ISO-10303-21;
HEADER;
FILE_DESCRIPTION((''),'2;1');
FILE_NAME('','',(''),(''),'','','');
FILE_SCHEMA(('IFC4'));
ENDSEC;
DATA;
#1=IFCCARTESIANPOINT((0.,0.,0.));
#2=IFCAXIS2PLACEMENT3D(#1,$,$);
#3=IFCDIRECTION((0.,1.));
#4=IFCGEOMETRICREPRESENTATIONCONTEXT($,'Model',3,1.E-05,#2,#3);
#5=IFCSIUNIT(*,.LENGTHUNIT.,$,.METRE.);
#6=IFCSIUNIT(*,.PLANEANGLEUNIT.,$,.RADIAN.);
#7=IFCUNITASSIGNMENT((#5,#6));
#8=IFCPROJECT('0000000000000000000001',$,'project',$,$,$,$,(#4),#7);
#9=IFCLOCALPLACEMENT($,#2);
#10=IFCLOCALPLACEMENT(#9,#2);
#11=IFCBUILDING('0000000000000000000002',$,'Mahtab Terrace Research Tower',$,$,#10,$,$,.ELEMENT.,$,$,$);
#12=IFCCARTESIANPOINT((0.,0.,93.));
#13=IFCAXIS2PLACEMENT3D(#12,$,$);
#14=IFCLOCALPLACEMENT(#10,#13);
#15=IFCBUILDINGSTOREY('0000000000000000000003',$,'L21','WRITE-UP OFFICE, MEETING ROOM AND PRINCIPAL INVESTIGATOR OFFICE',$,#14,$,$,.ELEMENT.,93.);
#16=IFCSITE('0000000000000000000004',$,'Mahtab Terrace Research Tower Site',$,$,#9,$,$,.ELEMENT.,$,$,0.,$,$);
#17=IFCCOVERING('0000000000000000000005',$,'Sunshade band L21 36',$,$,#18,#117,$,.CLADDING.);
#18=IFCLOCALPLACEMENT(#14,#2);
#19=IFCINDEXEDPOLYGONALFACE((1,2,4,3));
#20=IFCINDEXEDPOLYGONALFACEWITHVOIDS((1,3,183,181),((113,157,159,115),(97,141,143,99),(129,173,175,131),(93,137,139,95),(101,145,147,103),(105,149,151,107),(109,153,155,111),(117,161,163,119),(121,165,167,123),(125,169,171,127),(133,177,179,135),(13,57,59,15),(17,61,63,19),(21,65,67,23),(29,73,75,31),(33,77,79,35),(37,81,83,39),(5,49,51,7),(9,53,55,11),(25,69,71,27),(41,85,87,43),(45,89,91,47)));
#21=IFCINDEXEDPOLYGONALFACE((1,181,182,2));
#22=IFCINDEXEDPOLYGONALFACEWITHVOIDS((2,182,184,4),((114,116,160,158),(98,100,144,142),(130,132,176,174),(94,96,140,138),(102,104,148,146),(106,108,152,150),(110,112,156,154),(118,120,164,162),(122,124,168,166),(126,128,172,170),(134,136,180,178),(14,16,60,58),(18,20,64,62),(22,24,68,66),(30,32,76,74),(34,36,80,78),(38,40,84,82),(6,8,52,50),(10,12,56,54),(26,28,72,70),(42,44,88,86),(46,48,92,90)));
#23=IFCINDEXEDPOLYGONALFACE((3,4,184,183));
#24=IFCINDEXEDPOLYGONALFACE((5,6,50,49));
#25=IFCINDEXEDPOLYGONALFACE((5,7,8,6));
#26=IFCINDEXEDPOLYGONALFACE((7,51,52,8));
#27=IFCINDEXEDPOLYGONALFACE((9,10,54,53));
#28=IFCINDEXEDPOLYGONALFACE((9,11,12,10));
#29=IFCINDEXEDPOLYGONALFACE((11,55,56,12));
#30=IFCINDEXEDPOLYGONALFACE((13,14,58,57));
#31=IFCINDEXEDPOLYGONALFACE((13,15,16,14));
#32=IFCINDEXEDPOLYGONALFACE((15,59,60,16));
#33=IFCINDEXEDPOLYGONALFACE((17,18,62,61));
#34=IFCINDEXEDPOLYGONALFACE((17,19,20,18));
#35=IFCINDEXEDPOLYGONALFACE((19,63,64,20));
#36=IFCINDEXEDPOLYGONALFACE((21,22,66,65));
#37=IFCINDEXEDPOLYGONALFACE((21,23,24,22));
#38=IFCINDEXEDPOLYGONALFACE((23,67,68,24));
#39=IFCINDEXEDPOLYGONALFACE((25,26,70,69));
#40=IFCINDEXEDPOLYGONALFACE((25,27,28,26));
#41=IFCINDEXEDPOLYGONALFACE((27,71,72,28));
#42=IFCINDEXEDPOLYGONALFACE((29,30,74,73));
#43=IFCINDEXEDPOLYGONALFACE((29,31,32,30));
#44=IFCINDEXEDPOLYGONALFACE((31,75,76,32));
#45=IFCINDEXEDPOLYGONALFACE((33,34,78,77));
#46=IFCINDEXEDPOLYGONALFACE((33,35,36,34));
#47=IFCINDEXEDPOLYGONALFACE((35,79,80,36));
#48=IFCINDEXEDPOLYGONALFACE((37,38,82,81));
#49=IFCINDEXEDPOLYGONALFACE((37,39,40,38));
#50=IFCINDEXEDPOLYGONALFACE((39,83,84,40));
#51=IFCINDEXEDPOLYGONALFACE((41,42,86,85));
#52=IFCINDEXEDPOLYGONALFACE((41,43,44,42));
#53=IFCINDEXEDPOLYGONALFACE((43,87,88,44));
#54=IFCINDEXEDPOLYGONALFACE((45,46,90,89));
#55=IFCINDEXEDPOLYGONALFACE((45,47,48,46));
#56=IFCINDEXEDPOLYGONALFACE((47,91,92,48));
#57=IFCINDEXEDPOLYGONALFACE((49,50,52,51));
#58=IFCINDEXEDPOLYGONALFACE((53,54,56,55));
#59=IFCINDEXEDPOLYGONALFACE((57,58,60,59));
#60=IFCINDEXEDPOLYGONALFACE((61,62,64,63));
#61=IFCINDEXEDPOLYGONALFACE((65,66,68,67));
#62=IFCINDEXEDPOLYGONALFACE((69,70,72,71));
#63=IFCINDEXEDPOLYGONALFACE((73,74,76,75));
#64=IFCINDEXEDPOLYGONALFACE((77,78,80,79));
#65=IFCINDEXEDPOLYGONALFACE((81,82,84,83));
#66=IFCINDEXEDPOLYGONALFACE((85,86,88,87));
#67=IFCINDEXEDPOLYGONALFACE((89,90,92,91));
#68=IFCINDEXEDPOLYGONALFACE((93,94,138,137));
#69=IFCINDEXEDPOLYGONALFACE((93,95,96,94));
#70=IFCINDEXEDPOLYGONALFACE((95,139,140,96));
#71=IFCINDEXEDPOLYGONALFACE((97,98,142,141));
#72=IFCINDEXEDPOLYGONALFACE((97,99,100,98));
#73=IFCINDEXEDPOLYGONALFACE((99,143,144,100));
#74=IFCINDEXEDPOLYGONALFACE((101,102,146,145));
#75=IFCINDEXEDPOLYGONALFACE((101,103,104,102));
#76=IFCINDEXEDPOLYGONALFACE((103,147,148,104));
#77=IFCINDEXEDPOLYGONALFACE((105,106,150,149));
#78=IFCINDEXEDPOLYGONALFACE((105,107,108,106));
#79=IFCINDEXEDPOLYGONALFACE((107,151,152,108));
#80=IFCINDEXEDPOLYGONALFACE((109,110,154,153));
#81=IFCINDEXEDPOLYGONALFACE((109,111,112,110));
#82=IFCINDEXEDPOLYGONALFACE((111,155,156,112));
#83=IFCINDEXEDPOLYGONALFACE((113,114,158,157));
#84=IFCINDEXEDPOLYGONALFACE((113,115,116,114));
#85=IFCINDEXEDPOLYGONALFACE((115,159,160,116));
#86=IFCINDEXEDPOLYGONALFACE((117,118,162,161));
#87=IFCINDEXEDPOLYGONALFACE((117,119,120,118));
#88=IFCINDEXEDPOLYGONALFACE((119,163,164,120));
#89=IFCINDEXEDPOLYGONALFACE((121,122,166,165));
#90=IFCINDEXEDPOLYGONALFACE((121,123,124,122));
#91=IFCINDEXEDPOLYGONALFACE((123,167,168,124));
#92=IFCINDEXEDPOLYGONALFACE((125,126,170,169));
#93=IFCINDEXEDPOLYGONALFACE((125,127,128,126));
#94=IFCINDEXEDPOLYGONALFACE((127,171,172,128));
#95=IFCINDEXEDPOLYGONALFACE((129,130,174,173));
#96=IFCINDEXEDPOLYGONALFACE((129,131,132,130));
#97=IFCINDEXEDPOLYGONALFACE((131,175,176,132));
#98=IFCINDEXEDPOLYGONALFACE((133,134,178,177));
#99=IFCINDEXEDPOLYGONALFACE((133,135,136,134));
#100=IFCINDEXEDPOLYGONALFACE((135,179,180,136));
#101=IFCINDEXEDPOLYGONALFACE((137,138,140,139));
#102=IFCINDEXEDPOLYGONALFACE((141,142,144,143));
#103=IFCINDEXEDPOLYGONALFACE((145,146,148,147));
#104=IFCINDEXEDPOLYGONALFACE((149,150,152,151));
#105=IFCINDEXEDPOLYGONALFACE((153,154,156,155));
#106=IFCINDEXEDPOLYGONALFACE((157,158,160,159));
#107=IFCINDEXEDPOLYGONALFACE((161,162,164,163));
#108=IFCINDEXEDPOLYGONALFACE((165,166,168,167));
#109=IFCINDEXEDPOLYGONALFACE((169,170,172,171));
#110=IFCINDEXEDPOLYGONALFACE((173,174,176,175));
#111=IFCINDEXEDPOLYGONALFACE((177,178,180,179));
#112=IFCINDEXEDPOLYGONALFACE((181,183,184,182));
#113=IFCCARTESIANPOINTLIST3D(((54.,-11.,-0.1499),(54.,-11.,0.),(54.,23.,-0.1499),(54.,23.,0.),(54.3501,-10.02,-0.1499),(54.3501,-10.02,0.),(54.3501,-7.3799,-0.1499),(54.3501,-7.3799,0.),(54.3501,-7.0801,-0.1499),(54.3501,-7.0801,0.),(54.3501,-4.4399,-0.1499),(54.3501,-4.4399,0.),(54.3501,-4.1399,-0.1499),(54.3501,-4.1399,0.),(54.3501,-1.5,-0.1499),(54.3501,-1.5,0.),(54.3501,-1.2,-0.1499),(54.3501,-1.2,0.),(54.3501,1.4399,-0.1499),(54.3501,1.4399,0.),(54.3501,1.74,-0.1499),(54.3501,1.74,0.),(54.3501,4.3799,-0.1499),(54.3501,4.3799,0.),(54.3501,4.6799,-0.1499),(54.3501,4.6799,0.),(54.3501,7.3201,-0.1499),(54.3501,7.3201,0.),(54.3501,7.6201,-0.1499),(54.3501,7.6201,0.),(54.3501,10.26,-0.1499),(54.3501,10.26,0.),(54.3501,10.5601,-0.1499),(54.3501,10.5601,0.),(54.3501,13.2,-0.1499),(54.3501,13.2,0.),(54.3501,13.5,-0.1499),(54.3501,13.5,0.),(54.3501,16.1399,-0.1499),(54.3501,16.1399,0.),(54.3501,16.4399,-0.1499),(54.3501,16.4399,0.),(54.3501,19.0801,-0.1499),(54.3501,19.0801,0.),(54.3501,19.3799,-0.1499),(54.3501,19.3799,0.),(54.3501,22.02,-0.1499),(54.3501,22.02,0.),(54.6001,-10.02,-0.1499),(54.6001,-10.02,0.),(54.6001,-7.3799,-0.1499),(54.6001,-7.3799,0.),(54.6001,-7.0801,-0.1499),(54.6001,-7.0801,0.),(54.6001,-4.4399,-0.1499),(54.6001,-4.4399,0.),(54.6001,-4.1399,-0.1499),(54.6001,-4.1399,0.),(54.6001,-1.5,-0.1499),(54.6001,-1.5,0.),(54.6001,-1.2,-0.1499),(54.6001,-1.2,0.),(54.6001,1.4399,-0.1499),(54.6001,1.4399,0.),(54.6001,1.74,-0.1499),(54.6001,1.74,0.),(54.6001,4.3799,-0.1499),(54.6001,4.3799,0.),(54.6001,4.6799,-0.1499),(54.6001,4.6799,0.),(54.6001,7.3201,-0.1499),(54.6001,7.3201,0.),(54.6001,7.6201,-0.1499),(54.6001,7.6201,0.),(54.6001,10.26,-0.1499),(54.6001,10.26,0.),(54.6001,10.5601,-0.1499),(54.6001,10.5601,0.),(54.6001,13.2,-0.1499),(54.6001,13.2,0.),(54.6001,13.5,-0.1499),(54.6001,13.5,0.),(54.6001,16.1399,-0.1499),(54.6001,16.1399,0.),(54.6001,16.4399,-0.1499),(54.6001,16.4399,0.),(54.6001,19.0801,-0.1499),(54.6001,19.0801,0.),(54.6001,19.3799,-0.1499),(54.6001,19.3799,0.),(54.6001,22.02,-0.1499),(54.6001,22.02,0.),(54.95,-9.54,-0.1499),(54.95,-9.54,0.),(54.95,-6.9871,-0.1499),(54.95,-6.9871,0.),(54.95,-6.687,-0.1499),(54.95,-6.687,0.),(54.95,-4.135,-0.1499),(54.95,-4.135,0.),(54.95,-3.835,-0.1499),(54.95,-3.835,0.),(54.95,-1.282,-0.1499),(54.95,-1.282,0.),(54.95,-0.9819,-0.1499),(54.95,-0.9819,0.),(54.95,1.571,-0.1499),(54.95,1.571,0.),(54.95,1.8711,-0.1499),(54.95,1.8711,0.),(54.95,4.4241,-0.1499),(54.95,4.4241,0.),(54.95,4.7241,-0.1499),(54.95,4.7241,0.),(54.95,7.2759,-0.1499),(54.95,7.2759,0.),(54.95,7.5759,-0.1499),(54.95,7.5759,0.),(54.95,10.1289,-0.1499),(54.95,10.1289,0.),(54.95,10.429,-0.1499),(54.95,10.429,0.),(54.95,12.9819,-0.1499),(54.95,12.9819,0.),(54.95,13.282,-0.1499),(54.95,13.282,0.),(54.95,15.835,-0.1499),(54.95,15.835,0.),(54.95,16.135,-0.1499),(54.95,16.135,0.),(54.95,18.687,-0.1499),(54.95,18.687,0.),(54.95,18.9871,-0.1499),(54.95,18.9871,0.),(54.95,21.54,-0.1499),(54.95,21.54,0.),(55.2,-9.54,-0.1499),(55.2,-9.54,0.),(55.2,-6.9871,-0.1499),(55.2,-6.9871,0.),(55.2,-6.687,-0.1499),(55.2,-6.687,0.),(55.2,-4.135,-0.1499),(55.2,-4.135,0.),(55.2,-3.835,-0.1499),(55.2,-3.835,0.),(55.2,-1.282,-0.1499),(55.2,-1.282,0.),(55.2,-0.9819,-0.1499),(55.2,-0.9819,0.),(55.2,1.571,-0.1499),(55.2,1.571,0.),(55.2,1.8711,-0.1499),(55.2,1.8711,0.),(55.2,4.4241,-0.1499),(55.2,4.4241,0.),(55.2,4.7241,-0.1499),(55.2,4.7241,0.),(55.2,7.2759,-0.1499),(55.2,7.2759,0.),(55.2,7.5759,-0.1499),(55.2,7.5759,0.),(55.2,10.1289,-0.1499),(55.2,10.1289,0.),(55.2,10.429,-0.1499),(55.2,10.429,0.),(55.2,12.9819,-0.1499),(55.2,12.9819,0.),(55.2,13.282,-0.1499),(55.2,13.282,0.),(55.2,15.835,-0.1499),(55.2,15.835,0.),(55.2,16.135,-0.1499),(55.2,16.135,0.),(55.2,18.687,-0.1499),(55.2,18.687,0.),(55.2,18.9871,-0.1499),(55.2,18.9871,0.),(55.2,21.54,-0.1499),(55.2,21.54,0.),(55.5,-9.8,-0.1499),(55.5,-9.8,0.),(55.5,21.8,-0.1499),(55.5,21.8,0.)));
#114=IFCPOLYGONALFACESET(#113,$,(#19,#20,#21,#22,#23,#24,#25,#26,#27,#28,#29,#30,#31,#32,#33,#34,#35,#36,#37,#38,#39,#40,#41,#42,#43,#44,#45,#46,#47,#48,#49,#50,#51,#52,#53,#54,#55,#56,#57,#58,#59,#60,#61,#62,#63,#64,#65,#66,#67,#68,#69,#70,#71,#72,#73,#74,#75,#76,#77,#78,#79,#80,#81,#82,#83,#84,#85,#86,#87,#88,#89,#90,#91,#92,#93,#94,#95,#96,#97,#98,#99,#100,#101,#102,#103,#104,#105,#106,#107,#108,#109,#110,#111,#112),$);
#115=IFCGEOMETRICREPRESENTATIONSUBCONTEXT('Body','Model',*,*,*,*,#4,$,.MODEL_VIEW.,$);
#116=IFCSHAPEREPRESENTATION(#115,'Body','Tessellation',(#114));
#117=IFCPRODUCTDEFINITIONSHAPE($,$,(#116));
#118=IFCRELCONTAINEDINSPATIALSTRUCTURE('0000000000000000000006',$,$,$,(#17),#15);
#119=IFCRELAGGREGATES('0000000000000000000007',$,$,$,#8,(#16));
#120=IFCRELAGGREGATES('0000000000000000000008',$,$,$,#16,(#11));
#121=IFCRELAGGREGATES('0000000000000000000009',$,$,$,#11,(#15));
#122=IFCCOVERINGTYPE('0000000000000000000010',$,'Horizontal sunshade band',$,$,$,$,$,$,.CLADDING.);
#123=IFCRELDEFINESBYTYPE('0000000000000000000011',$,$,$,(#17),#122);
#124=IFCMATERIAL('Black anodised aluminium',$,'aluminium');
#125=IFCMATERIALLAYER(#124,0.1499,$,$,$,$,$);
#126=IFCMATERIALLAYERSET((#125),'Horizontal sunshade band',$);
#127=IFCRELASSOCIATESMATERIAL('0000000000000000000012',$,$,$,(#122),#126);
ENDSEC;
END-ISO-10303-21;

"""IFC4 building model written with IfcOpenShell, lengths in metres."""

from ifc_helpers import new_model, si_unit, direction, frame, origin, place, context, subcontext, project, spatial, polyline, outline, extrude, material, layer, layer_set, type_object, element, save


model = new_model("IFC4")

# Units and contexts
model_context = context("Model", 3, precision=1e-05, world=origin(), true_north=direction((0.0, 1.0)))
body_context = subcontext(model_context, "Body", "Model", "MODEL_VIEW")
ifc_project = project(units=[si_unit("LENGTHUNIT", "METRE"), si_unit("PLANEANGLEUNIT", "RADIAN")], contexts=[model_context])

# Site, building, storey
site_placement = place(None, origin())
site = spatial("IfcSite", under=ifc_project, at=site_placement, Name="Mahtab Terrace Research Tower Site", CompositionType="ELEMENT", RefElevation=0.0)
building_placement = place(site_placement, origin())
building = spatial("IfcBuilding", under=site, at=building_placement, Name="Mahtab Terrace Research Tower", CompositionType="ELEMENT")
storey_placement = place(building_placement, frame((0.0, 0.0, 93.0)))
storey = spatial("IfcBuildingStorey", under=building, at=storey_placement, Name="L21", Description="WRITE-UP OFFICE, MEETING ROOM AND PRINCIPAL INVESTIGATOR OFFICE", CompositionType="ELEMENT", Elevation=93.0)

# Covering
ifc_material_1 = material(Name="Black anodised aluminium", Category="aluminium")
ifc_layer_1 = layer(ifc_material_1, 0.1499)
ifc_layer_set_1 = layer_set([ifc_layer_1], Name="Horizontal sunshade band")
covering_type_1 = type_object("IfcCoveringType", Name="Horizontal sunshade band", PredefinedType="CLADDING", material=ifc_layer_set_1)
covering_1_placement = place(storey_placement, frame((0.0, 0.0, -0.1499)))
element("IfcCovering", 1, at=covering_1_placement, inside=storey, type_object=covering_type_1, Name="Sunshade band L21 36", PredefinedType="CLADDING", context=body_context, shape_type="SweptSolid", body=[
    extrude(outline(polyline([(54.0, -11.0), (54.0, 23.0), (55.5, 21.8), (55.5, -9.8), (54.0, -11.0)]), holes=[polyline([(54.3501, -10.02), (54.3501, -7.3799), (54.6001, -7.3799), (54.6001, -10.02), (54.3501, -10.02)]), polyline([(54.3501, -7.0801), (54.3501, -4.4399), (54.6001, -4.4399), (54.6001, -7.0801), (54.3501, -7.0801)]), polyline([(54.3501, -4.1399), (54.3501, -1.5), (54.6001, -1.5), (54.6001, -4.1399), (54.3501, -4.1399)]), polyline([(54.3501, -1.2), (54.3501, 1.4399), (54.6001, 1.4399), (54.6001, -1.2), (54.3501, -1.2)]), polyline([(54.3501, 1.74), (54.3501, 4.3799), (54.6001, 4.3799), (54.6001, 1.74), (54.3501, 1.74)]), polyline([(54.3501, 4.6799), (54.3501, 7.3201), (54.6001, 7.3201), (54.6001, 4.6799), (54.3501, 4.6799)]), polyline([(54.3501, 7.6201), (54.3501, 10.26), (54.6001, 10.26), (54.6001, 7.6201), (54.3501, 7.6201)]), polyline([(54.3501, 10.5601), (54.3501, 13.2), (54.6001, 13.2), (54.6001, 10.5601), (54.3501, 10.5601)]), polyline([(54.3501, 13.5), (54.3501, 16.1399), (54.6001, 16.1399), (54.6001, 13.5), (54.3501, 13.5)]), polyline([(54.3501, 16.4399), (54.3501, 19.0801), (54.6001, 19.0801), (54.6001, 16.4399), (54.3501, 16.4399)]), polyline([(54.3501, 19.3799), (54.3501, 22.02), (54.6001, 22.02), (54.6001, 19.3799), (54.3501, 19.3799)]), polyline([(54.95, -9.54), (54.95, -6.9871), (55.2, -6.9871), (55.2, -9.54), (54.95, -9.54)]), polyline([(54.95, -6.687), (54.95, -4.135), (55.2, -4.135), (55.2, -6.687), (54.95, -6.687)]), polyline([(54.95, -3.835), (54.95, -1.282), (55.2, -1.282), (55.2, -3.835), (54.95, -3.835)]), polyline([(54.95, -0.9819), (54.95, 1.571), (55.2, 1.571), (55.2, -0.9819), (54.95, -0.9819)]), polyline([(54.95, 1.8711), (54.95, 4.4241), (55.2, 4.4241), (55.2, 1.8711), (54.95, 1.8711)]), polyline([(54.95, 4.7241), (54.95, 7.2759), (55.2, 7.2759), (55.2, 4.7241), (54.95, 4.7241)]), polyline([(54.95, 7.5759), (54.95, 10.1289), (55.2, 10.1289), (55.2, 7.5759), (54.95, 7.5759)]), polyline([(54.95, 10.429), (54.95, 12.9819), (55.2, 12.9819), (55.2, 10.429), (54.95, 10.429)]), polyline([(54.95, 13.282), (54.95, 15.835), (55.2, 15.835), (55.2, 13.282), (54.95, 13.282)]), polyline([(54.95, 16.135), (54.95, 18.687), (55.2, 18.687), (55.2, 16.135), (54.95, 16.135)]), polyline([(54.95, 18.9871), (54.95, 21.54), (55.2, 21.54), (55.2, 18.9871), (54.95, 18.9871)])]), origin(), (0.0, 0.0, 1.0), 0.1499),
])

save(model, "model.ifc")
